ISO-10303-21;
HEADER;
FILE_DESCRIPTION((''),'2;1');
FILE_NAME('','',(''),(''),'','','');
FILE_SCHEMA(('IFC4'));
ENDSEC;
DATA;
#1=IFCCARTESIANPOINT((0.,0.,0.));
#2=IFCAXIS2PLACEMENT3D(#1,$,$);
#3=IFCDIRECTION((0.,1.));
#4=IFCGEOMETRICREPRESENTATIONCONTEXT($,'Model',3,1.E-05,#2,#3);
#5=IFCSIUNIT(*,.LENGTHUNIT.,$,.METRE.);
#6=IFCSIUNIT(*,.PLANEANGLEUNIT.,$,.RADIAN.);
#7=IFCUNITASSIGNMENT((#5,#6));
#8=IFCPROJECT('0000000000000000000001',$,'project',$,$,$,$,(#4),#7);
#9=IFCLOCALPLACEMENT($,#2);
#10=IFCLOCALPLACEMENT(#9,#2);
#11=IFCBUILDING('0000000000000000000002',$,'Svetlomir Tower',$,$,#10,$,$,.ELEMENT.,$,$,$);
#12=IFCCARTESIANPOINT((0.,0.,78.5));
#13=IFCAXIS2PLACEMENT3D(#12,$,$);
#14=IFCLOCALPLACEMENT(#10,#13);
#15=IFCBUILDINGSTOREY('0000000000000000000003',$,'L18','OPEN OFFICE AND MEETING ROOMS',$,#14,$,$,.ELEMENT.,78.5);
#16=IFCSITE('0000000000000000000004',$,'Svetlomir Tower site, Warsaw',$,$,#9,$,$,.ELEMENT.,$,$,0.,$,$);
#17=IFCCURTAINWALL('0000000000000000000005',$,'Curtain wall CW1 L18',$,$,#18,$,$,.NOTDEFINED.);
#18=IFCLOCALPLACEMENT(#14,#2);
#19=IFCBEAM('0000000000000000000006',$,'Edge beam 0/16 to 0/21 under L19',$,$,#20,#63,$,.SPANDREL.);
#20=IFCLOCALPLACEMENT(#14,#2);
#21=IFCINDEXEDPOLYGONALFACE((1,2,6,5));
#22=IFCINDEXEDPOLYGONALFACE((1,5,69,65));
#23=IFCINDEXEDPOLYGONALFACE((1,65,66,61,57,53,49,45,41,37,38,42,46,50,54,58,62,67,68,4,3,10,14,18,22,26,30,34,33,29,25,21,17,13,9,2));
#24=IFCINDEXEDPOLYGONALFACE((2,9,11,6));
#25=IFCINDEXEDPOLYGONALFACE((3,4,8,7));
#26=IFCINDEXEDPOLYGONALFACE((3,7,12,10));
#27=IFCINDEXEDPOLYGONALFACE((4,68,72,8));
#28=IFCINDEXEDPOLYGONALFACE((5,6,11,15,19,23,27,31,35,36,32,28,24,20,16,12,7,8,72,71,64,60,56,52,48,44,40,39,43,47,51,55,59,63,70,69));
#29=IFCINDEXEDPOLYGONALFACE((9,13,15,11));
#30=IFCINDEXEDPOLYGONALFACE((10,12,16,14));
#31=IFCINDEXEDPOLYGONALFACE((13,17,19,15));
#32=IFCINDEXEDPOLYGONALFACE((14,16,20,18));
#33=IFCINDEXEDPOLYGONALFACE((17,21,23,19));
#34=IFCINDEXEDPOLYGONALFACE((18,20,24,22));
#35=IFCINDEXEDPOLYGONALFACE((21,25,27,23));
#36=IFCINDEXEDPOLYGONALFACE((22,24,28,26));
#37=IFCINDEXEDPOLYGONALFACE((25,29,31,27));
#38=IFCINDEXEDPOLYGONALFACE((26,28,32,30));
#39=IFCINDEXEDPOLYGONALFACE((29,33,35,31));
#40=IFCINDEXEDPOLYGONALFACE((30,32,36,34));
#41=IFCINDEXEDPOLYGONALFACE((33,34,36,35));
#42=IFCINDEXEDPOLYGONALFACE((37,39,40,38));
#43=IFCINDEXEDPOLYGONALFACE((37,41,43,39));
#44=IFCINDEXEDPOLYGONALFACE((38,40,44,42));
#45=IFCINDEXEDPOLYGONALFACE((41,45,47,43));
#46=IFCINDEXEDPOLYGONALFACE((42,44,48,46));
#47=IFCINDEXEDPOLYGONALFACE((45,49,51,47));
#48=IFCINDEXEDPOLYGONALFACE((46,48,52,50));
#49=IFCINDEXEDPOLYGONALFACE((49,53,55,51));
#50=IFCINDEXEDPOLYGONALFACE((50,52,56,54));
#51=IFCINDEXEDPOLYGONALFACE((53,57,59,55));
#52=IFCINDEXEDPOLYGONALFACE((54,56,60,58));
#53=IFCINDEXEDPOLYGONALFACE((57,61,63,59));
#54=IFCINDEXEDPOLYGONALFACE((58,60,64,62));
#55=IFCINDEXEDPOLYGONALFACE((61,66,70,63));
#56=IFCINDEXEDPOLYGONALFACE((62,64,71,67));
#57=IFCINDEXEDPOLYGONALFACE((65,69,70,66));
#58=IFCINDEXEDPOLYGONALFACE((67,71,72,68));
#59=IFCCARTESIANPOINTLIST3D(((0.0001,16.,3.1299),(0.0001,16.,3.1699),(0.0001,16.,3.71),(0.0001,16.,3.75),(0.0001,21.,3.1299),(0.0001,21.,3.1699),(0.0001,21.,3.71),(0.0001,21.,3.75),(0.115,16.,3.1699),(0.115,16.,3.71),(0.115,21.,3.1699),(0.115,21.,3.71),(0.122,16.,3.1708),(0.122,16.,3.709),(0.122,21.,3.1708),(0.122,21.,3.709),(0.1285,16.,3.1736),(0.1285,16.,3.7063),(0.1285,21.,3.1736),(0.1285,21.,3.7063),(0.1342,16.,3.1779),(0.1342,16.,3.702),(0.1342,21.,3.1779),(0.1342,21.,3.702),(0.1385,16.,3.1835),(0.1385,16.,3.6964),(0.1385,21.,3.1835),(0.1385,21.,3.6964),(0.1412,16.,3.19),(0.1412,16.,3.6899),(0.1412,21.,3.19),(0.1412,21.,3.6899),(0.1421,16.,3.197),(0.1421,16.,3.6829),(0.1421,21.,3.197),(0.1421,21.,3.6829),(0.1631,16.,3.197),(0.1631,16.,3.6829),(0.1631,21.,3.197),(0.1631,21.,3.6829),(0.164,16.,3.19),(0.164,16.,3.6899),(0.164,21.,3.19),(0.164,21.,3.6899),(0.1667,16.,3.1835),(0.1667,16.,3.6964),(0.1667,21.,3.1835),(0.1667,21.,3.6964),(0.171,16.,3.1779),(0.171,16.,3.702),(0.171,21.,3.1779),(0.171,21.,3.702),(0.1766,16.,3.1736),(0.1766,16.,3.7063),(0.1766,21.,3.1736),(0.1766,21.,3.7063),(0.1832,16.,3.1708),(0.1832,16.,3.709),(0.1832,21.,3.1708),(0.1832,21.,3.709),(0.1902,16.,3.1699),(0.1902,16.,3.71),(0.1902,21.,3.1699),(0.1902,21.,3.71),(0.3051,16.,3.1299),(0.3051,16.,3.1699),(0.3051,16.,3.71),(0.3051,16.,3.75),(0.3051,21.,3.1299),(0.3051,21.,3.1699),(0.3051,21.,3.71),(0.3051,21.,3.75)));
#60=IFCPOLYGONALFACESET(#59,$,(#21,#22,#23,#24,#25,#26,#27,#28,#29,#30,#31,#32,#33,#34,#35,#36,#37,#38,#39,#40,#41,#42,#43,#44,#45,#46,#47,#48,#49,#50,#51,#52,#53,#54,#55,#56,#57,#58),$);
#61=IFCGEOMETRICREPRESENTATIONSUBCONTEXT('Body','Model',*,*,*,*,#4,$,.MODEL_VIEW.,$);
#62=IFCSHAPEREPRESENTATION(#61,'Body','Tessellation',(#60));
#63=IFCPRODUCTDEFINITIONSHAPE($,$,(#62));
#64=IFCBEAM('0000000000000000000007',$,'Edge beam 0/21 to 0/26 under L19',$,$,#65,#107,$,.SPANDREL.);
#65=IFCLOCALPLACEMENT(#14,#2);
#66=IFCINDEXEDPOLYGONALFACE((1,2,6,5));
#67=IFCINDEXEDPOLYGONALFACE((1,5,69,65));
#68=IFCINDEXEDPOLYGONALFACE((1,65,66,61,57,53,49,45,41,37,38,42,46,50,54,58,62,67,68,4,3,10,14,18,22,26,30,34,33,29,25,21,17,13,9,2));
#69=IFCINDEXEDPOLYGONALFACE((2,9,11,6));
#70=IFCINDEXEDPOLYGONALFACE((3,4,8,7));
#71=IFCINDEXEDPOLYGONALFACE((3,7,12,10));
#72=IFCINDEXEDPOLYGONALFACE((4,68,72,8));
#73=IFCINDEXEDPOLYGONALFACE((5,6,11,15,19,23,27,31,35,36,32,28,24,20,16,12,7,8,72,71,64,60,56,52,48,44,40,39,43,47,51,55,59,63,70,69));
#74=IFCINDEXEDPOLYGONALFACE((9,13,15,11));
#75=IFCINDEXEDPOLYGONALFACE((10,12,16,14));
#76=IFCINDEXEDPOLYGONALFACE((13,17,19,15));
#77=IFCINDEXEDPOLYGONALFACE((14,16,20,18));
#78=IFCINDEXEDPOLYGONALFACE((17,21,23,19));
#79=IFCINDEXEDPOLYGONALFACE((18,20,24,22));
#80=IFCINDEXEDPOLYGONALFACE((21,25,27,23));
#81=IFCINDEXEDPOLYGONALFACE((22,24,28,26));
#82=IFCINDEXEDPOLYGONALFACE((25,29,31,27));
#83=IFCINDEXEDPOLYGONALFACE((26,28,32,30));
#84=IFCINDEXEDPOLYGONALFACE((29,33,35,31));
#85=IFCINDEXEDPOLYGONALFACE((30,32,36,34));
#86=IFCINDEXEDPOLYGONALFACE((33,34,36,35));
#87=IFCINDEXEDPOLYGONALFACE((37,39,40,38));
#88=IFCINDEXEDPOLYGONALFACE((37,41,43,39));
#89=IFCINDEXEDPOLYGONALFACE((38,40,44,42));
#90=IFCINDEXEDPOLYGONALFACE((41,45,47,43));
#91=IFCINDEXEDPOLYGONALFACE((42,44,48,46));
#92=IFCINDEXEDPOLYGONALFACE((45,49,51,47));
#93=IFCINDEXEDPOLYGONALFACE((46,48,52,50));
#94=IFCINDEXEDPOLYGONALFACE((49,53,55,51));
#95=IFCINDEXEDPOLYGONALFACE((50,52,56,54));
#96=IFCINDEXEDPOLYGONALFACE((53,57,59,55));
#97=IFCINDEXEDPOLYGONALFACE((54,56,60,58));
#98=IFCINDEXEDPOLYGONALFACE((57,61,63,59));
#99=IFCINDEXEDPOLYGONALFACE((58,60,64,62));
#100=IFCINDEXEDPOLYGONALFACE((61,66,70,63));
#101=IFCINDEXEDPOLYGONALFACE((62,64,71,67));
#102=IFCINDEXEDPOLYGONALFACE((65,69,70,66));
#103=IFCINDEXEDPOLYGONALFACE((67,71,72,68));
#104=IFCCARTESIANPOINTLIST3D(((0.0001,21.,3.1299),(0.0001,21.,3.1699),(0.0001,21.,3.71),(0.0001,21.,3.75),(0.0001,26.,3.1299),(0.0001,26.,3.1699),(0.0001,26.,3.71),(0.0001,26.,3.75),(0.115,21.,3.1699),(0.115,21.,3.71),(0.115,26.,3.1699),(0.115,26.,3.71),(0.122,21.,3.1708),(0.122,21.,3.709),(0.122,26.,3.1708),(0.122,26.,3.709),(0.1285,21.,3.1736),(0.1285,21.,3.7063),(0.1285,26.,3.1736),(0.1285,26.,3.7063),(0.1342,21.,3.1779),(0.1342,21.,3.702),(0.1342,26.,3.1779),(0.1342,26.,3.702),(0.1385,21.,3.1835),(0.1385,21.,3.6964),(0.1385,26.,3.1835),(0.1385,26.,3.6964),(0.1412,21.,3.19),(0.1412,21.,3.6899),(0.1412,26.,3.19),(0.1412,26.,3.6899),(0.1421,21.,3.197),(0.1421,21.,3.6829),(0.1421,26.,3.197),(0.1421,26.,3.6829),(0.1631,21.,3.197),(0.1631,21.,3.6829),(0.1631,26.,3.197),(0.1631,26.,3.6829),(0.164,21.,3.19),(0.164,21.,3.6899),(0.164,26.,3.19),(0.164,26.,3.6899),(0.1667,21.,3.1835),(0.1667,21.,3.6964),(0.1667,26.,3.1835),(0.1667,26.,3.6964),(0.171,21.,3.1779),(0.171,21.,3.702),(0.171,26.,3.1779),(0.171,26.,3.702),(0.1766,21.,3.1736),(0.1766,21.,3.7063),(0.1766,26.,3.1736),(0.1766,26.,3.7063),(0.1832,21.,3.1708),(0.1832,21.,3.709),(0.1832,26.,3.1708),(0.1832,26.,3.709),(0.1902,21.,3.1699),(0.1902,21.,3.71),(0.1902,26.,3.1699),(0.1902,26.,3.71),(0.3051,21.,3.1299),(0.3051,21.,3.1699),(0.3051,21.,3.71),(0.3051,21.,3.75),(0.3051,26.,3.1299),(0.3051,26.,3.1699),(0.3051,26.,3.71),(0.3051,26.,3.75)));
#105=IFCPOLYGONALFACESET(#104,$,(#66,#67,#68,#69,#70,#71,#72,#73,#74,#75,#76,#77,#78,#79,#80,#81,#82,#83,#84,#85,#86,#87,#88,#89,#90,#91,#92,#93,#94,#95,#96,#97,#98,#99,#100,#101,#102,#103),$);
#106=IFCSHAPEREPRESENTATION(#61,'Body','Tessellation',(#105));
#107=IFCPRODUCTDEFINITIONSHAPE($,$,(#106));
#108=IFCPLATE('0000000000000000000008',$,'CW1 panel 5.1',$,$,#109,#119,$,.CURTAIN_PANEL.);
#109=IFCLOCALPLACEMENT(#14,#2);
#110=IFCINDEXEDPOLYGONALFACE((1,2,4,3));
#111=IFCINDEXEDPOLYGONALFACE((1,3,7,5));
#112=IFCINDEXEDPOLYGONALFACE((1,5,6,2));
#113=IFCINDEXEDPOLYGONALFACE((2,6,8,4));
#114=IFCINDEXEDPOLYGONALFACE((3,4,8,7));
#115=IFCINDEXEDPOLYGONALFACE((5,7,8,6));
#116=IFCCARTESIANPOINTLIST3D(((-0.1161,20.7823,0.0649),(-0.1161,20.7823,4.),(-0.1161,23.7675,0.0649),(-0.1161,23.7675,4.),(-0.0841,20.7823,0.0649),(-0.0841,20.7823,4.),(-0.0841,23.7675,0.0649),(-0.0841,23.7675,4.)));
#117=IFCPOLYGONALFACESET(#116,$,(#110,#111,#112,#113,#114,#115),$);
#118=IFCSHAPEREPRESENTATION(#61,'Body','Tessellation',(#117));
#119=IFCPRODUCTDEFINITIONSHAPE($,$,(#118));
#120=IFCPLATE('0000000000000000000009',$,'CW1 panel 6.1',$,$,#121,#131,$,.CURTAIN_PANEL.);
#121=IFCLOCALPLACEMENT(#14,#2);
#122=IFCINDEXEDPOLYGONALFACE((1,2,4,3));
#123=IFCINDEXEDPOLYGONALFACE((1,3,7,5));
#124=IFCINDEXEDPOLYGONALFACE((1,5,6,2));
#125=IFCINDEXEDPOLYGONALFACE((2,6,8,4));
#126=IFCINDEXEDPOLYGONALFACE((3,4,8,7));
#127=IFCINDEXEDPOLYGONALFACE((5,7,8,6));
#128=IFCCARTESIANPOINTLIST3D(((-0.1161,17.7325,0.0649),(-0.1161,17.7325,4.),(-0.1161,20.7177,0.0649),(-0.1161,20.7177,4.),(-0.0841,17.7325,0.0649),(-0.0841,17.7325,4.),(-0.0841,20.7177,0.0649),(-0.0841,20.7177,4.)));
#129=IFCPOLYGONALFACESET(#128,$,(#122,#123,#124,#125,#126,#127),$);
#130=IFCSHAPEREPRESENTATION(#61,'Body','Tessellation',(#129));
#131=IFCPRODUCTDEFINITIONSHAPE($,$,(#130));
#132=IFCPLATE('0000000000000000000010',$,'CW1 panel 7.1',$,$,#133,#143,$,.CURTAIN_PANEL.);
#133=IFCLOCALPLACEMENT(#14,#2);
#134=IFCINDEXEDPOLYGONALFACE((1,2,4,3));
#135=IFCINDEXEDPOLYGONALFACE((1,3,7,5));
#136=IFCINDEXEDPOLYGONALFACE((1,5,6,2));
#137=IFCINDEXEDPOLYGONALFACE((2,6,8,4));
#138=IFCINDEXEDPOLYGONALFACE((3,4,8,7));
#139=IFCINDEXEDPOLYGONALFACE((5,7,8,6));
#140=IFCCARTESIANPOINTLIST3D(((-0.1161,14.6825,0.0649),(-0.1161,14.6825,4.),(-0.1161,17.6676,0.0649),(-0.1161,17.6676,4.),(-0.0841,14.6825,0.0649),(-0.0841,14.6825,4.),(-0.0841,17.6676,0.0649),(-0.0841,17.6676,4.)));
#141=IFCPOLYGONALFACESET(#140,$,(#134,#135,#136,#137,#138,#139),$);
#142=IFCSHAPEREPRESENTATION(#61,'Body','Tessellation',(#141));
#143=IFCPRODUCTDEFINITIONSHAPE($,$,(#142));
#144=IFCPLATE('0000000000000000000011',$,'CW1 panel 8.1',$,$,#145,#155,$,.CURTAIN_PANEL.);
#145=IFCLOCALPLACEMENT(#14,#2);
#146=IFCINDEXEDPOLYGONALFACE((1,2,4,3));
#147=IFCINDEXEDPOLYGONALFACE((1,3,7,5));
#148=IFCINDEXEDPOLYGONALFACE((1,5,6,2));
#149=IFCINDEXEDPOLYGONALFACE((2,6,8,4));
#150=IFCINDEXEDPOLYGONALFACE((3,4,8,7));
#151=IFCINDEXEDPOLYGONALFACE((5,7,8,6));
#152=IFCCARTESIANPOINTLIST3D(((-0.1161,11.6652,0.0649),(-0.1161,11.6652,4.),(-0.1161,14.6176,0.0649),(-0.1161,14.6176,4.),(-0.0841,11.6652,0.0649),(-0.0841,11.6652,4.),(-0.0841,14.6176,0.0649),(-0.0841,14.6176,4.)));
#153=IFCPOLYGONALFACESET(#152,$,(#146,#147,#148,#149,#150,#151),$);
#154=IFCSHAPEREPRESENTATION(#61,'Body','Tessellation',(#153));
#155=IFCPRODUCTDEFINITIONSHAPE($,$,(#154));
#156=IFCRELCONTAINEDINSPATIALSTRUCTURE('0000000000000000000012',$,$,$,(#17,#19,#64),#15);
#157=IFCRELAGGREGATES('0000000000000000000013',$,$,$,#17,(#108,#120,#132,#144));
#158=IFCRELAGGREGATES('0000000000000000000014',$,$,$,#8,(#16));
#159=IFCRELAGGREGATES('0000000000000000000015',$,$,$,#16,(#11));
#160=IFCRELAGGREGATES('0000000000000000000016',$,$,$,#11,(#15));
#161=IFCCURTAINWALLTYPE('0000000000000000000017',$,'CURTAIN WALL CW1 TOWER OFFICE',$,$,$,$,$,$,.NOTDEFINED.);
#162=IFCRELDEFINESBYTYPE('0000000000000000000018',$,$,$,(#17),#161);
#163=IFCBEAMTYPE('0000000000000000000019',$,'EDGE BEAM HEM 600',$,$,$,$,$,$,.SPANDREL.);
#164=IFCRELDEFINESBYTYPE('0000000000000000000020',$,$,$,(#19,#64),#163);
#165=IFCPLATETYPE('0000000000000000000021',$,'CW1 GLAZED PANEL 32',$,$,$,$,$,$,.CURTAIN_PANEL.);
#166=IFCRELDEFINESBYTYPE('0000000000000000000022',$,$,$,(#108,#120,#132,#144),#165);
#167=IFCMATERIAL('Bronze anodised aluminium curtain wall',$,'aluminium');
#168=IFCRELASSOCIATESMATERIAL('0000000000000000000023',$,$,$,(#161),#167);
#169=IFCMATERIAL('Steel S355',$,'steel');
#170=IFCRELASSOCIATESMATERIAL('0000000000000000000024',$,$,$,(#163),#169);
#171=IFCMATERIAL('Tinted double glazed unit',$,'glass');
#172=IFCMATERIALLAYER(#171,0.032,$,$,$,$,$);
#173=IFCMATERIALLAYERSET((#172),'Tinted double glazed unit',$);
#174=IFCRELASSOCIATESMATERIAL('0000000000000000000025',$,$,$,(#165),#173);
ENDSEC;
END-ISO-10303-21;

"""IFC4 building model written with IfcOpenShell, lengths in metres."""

from ifc_helpers import new_model, si_unit, direction, frame, origin, origin_2d, place, context, subcontext, project, spatial, rectangle, i_section, extrude, material, layer, layer_set, material_profile, profile_set, type_object, element, aggregate, save


model = new_model("IFC4")

# Units and contexts
model_context = context("Model", 3, precision=1e-05, world=origin(), true_north=direction((0.0, 1.0)))
body_context = subcontext(model_context, "Body", "Model", "MODEL_VIEW")
ifc_project = project(units=[si_unit("LENGTHUNIT", "METRE"), si_unit("PLANEANGLEUNIT", "RADIAN")], contexts=[model_context])

# Site, building, storey
site_placement = place(None, origin())
site = spatial("IfcSite", under=ifc_project, at=site_placement, Name="Svetlomir Tower site, Warsaw", CompositionType="ELEMENT", RefElevation=0.0)
building_placement = place(site_placement, origin())
building = spatial("IfcBuilding", under=site, at=building_placement, Name="Svetlomir Tower", CompositionType="ELEMENT")
storey_placement = place(building_placement, frame((0.0, 0.0, 78.5)))
storey = spatial("IfcBuildingStorey", under=building, at=storey_placement, Name="L18", Description="OPEN OFFICE AND MEETING ROOMS", CompositionType="ELEMENT", Elevation=78.5)

# Curtain wall
ifc_material_1 = material(Name="Bronze anodised aluminium curtain wall", Category="aluminium")
curtain_wall_type = type_object("IfcCurtainWallType", Name="CURTAIN WALL CW1 TOWER OFFICE", PredefinedType="NOTDEFINED", material=ifc_material_1)
curtain_wall_placement = place(storey_placement, origin())
curtain_wall = element("IfcCurtainWall", 1, at=curtain_wall_placement, inside=storey, type_object=curtain_wall_type, Name="Curtain wall CW1 L18", PredefinedType="NOTDEFINED")

# Beams
ifc_material_2 = material(Name="Steel S355", Category="steel")
ifc_material_profile_1 = material_profile(ifc_material_2, i_section(OverallWidth=0.3049, OverallDepth=0.6201, WebThickness=0.021, FlangeThickness=0.04, FilletRadius=0.0271, at=origin_2d()), Name="HEM 600")
ifc_profile_set_1 = profile_set([ifc_material_profile_1], Name="Steel S355")
beam_type = type_object("IfcBeamType", Name="EDGE BEAM HEM 600", PredefinedType="SPANDREL", material=ifc_profile_set_1)
for number, where, z_axis, x_axis, name in (
    (2, (0.1526, 16.0, 3.4399), (0.0, 1.0, 0.0), (-1.0, 0.0, 0.0), "Edge beam 0/16 to 0/21 under L19"),
    (3, (0.1526, 21.0, 3.4399), (0.0, 1.0, 0.0), (-1.0, 0.0, 0.0), "Edge beam 0/21 to 0/26 under L19"),
):
    element("IfcBeam", number, at=place(storey_placement, frame(where, z_axis=z_axis, x_axis=x_axis)), inside=storey, type_object=beam_type, Name=name, PredefinedType="SPANDREL", context=body_context, shape_type="SweptSolid", body=[
        extrude(i_section(OverallWidth=0.3049, OverallDepth=0.6201, WebThickness=0.021, FlangeThickness=0.04, FilletRadius=0.0271, at=origin_2d()), origin(), (0.0, 0.0, 1.0), 5.0),
    ])

# Plates
ifc_material_3 = material(Name="Tinted double glazed unit", Category="glass")
ifc_layer = layer(ifc_material_3, 0.032)
ifc_layer_set = layer_set([ifc_layer], Name="Tinted double glazed unit")
plate_type = type_object("IfcPlateType", Name="CW1 GLAZED PANEL 32", PredefinedType="CURTAIN_PANEL", material=ifc_layer_set)
plate_1_placement = place(storey_placement, frame((-0.1001, 22.2749, 0.0649), z_axis=(0.0, 0.0, 1.0), x_axis=(0.0, -1.0, 0.0)))
plate_1 = element("IfcPlate", 4, at=plate_1_placement, type_object=plate_type, Name="CW1 panel 5.1", PredefinedType="CURTAIN_PANEL", context=body_context, shape_type="SweptSolid", body=[
    extrude(rectangle(XDim=2.9851, YDim=0.032, at=origin_2d()), origin(), (0.0, 0.0, 1.0), 3.9351),
])
plate_2_placement = place(storey_placement, frame((-0.1001, 19.2251, 0.0649), z_axis=(0.0, 0.0, 1.0), x_axis=(0.0, -1.0, 0.0)))
plate_2 = element("IfcPlate", 5, at=plate_2_placement, type_object=plate_type, Name="CW1 panel 6.1", PredefinedType="CURTAIN_PANEL", context=body_context, shape_type="SweptSolid", body=[
    extrude(rectangle(XDim=2.9851, YDim=0.032, at=origin_2d()), origin(), (0.0, 0.0, 1.0), 3.9351),
])
plate_3_placement = place(storey_placement, frame((-0.1001, 16.175, 0.0649), z_axis=(0.0, 0.0, 1.0), x_axis=(0.0, -1.0, 0.0)))
plate_3 = element("IfcPlate", 6, at=plate_3_placement, type_object=plate_type, Name="CW1 panel 7.1", PredefinedType="CURTAIN_PANEL", context=body_context, shape_type="SweptSolid", body=[
    extrude(rectangle(XDim=2.9851, YDim=0.032, at=origin_2d()), origin(), (0.0, 0.0, 1.0), 3.9351),
])
plate_4_placement = place(storey_placement, frame((-0.1001, 13.1414, 0.0649), z_axis=(0.0, 0.0, 1.0), x_axis=(0.0, -1.0, 0.0)))
plate_4 = element("IfcPlate", 7, at=plate_4_placement, type_object=plate_type, Name="CW1 panel 8.1", PredefinedType="CURTAIN_PANEL", context=body_context, shape_type="SweptSolid", body=[
    extrude(rectangle(XDim=2.9524, YDim=0.032, at=origin_2d()), origin(), (0.0, 0.0, 1.0), 3.9351),
])
aggregate(curtain_wall, [plate_1, plate_2, plate_3, plate_4])

save(model, "model.ifc")
